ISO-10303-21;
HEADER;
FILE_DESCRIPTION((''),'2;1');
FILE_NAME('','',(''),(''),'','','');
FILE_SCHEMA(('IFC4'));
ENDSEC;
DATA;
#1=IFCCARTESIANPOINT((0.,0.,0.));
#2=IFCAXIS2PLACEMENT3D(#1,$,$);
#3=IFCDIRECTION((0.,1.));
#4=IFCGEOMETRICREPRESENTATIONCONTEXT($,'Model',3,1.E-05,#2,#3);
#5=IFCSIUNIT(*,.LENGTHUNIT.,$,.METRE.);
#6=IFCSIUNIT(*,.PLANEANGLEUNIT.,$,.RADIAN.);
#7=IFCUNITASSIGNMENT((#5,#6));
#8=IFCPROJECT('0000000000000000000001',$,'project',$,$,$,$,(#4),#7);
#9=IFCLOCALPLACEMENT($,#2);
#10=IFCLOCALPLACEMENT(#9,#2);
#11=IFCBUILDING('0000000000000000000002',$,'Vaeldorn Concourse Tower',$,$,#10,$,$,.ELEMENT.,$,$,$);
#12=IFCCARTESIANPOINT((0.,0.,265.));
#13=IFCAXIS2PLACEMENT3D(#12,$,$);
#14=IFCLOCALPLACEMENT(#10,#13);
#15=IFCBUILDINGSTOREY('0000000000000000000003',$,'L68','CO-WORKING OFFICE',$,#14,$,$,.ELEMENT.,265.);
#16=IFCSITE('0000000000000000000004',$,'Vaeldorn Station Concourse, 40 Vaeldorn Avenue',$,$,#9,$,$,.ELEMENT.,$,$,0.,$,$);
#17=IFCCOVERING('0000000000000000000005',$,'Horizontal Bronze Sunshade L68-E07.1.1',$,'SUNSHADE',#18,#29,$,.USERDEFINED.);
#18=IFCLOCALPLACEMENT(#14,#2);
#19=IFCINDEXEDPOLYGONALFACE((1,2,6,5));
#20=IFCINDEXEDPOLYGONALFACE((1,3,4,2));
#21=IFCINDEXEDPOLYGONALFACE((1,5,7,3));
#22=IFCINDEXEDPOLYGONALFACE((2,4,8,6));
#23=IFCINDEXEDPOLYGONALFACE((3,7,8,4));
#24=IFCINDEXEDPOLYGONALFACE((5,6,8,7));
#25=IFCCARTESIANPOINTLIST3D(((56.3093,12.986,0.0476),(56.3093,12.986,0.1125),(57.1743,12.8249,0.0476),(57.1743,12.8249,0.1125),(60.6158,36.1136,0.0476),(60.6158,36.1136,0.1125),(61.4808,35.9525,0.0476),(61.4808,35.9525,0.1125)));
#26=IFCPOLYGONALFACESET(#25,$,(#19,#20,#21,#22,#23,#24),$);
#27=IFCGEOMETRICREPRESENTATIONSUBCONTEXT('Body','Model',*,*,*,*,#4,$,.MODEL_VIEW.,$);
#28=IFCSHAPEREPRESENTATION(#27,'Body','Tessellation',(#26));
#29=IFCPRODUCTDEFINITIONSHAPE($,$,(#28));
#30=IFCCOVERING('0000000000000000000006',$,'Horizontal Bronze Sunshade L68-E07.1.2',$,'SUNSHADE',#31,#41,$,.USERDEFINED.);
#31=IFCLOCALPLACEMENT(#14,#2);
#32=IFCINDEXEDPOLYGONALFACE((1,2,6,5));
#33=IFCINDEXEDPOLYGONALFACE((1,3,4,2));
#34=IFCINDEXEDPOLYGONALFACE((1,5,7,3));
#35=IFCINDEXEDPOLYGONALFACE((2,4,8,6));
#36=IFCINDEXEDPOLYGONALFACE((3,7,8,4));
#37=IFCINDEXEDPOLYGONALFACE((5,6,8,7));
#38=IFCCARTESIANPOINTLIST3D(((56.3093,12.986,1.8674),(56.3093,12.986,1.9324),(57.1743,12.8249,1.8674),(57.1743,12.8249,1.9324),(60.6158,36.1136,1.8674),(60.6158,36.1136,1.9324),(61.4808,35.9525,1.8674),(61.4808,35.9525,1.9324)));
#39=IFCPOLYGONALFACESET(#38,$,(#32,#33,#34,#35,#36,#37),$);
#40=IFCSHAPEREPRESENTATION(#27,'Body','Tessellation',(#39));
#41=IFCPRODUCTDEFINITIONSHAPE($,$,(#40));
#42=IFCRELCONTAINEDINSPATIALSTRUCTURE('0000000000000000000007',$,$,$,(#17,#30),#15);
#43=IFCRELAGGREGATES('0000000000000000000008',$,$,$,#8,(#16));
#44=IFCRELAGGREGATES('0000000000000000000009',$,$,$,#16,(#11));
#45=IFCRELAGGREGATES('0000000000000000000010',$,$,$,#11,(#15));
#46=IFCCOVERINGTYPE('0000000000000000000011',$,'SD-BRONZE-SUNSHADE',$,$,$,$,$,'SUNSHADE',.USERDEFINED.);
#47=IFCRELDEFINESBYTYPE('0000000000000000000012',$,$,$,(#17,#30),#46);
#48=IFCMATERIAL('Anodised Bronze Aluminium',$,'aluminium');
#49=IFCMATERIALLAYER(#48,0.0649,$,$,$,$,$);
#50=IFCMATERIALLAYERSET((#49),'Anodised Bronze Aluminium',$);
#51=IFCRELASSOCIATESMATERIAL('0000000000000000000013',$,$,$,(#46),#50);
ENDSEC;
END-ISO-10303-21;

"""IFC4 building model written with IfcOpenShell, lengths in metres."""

from ifc_helpers import new_model, si_unit, direction, frame, origin, origin_2d, place, context, subcontext, project, spatial, rectangle, extrude, source, transform, mapped, material, layer, layer_set, type_object, element, save


model = new_model("IFC4")

# Units and contexts
model_context = context("Model", 3, precision=1e-05, world=origin(), true_north=direction((0.0, 1.0)))
body_context = subcontext(model_context, "Body", "Model", "MODEL_VIEW")
ifc_project = project(units=[si_unit("LENGTHUNIT", "METRE"), si_unit("PLANEANGLEUNIT", "RADIAN")], contexts=[model_context])

# Site, building, storey
site_placement = place(None, origin())
site = spatial("IfcSite", under=ifc_project, at=site_placement, Name="Vaeldorn Station Concourse, 40 Vaeldorn Avenue", CompositionType="ELEMENT", RefElevation=0.0)
building_placement = place(site_placement, origin())
building = spatial("IfcBuilding", under=site, at=building_placement, Name="Vaeldorn Concourse Tower", CompositionType="ELEMENT")
storey_placement = place(building_placement, frame((0.0, 0.0, 265.0)))
storey = spatial("IfcBuildingStorey", under=building, at=storey_placement, Name="L68", Description="CO-WORKING OFFICE", CompositionType="ELEMENT", Elevation=265.0)

# Shared definitions
ifc_material_1 = material(Name="Anodised Bronze Aluminium", Category="aluminium")

# Coverings
ifc_layer_1 = layer(ifc_material_1, 0.0649)
ifc_layer_set_1 = layer_set([ifc_layer_1], Name="Anodised Bronze Aluminium")
covering_type = type_object("IfcCoveringType", Name="SD-BRONZE-SUNSHADE", ElementType="SUNSHADE", PredefinedType="USERDEFINED", material=ifc_layer_set_1)
shared_shape_1 = source(origin(), body_context, "Body", "SweptSolid", [
    extrude(rectangle(XDim=23.5251, YDim=0.8799, at=origin_2d()), origin(), (0.0, 0.0, 1.0), 0.0649),
])
for number, where, z_axis, x_axis, name in (
    (1, (58.895, 24.4692, 0.0476), (0.0, 0.0, 1.0), (0.183059, 0.983102, 0.0), "Horizontal Bronze Sunshade L68-E07.1.1"),
    (2, (58.895, 24.4692, 1.8674), (0.0, 0.0, 1.0), (0.183059, 0.983102, 0.0), "Horizontal Bronze Sunshade L68-E07.1.2"),
):
    element("IfcCovering", number, at=place(storey_placement, frame(where, z_axis=z_axis, x_axis=x_axis)), inside=storey, type_object=covering_type, Name=name, ObjectType="SUNSHADE", PredefinedType="USERDEFINED", context=body_context, shape_type="MappedRepresentation", body=[
        mapped(shared_shape_1, transform((0.0, 0.0, 0.0), scale=1.0)),
    ])

save(model, "model.ifc")
